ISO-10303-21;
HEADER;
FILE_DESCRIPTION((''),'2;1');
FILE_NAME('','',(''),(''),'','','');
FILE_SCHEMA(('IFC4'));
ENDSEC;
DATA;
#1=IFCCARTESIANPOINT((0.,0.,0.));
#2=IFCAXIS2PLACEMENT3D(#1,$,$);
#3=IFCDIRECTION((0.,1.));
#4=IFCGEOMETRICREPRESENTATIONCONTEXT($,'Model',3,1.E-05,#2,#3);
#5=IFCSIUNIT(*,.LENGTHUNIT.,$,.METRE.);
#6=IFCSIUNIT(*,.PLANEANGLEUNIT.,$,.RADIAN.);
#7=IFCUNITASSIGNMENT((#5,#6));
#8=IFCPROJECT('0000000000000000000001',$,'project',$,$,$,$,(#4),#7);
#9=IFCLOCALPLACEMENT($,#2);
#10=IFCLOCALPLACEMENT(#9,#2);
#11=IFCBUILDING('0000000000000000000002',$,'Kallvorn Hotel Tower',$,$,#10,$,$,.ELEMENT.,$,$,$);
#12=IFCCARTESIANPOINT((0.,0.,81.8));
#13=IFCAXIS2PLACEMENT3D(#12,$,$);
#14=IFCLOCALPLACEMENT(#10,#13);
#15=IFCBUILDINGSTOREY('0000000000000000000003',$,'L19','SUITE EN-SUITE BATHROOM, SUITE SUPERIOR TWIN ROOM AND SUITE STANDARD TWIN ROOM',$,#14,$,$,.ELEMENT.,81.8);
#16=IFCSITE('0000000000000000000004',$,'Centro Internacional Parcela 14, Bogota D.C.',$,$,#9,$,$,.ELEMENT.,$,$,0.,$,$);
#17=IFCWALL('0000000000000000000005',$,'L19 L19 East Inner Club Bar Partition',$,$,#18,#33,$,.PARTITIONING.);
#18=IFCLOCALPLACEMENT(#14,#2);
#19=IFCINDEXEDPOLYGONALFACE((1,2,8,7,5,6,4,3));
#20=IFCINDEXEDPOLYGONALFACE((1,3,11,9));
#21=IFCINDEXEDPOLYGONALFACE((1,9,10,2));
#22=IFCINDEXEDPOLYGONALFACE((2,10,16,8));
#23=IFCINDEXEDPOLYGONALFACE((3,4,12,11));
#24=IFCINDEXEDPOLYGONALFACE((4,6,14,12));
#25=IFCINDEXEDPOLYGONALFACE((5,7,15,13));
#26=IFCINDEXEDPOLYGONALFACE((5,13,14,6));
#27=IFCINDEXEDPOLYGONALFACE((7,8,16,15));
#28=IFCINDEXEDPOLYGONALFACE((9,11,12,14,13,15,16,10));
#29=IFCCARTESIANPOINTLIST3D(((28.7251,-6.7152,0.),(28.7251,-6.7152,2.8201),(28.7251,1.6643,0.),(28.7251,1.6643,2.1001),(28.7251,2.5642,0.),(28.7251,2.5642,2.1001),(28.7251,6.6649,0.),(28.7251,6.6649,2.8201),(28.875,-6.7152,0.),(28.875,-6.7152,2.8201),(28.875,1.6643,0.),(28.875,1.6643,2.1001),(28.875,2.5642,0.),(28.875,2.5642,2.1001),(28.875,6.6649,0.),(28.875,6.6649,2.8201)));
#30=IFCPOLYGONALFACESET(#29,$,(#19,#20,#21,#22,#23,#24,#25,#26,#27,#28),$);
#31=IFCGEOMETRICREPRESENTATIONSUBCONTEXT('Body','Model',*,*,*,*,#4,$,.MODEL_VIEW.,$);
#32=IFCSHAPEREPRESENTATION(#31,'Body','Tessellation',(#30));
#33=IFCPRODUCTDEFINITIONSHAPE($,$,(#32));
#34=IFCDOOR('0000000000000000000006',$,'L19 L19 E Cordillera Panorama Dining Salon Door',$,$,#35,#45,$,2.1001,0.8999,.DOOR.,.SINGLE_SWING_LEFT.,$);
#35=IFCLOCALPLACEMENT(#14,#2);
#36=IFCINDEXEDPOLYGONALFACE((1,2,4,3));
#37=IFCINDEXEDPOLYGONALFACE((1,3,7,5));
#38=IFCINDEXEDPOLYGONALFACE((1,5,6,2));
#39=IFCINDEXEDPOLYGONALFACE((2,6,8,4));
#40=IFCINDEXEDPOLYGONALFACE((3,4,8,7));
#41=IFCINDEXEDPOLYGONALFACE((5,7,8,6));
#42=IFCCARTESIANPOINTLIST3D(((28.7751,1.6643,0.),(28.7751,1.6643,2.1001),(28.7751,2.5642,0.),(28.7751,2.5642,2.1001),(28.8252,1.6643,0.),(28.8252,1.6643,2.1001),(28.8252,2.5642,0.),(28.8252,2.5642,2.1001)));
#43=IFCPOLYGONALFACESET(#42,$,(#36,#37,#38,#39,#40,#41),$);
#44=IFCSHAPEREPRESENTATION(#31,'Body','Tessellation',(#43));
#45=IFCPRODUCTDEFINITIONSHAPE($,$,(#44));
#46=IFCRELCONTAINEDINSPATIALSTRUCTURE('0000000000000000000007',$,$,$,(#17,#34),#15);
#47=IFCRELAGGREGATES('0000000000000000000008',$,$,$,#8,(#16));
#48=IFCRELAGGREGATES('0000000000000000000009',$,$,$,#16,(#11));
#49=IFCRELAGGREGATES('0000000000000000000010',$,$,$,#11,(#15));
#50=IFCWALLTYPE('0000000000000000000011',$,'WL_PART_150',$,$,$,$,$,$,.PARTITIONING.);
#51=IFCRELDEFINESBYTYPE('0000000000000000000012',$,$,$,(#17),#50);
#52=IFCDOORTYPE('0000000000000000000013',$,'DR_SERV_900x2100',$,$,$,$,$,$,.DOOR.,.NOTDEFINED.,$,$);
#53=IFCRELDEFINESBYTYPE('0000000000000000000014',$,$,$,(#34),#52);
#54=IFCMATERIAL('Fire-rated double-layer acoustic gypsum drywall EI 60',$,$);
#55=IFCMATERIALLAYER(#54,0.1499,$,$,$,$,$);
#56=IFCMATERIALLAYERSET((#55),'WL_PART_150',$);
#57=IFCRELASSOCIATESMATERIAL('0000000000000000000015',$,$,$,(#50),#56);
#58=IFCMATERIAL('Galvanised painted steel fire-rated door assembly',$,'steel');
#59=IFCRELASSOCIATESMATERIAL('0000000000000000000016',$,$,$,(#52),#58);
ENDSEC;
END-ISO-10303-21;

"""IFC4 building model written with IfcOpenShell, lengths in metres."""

from ifc_helpers import new_model, si_unit, direction, frame, frame_2d, origin, place, context, subcontext, project, spatial, rectangle, extrude, material, layer, layer_set, type_object, element, fill, save


model = new_model("IFC4")

# Units and contexts
model_context = context("Model", 3, precision=1e-05, world=origin(), true_north=direction((0.0, 1.0)))
body_context = subcontext(model_context, "Body", "Model", "MODEL_VIEW")
ifc_project = project(units=[si_unit("LENGTHUNIT", "METRE"), si_unit("PLANEANGLEUNIT", "RADIAN")], contexts=[model_context])

# Site, building, storey
site_placement = place(None, origin())
site = spatial("IfcSite", under=ifc_project, at=site_placement, Name="Centro Internacional Parcela 14, Bogota D.C.", CompositionType="ELEMENT", RefElevation=0.0)
building_placement = place(site_placement, origin())
building = spatial("IfcBuilding", under=site, at=building_placement, Name="Kallvorn Hotel Tower", CompositionType="ELEMENT")
storey_placement = place(building_placement, frame((0.0, 0.0, 81.8)))
storey = spatial("IfcBuildingStorey", under=building, at=storey_placement, Name="L19", Description="SUITE EN-SUITE BATHROOM, SUITE SUPERIOR TWIN ROOM AND SUITE STANDARD TWIN ROOM", CompositionType="ELEMENT", Elevation=81.8)

# Shared definitions
ifc_material_1 = material(Name="Fire-rated double-layer acoustic gypsum drywall EI 60")
ifc_layer_1 = layer(ifc_material_1, 0.1499)
ifc_layer_set_1 = layer_set([ifc_layer_1], Name="WL_PART_150")
wall_type_1 = type_object("IfcWallType", Name="WL_PART_150", PredefinedType="PARTITIONING", material=ifc_layer_set_1)

# Wall, opening, door
ifc_material_2 = material(Name="Galvanised painted steel fire-rated door assembly", Category="steel")
door_type_1 = type_object("IfcDoorType", Name="DR_SERV_900x2100", OperationType="NOTDEFINED", PredefinedType="DOOR", material=ifc_material_2)
wall_1_placement = place(storey_placement, frame((28.8, -6.7151, 0.0), z_axis=(0.0, 0.0, 1.0), x_axis=(0.0, 1.0, 0.0)))
wall_1 = element("IfcWall", 1, at=wall_1_placement, inside=storey, type_object=wall_type_1, Name="L19 L19 East Inner Club Bar Partition", PredefinedType="PARTITIONING", context=body_context, shape_type="SweptSolid", body=[
    extrude(rectangle(XDim=13.3801, YDim=0.1499, at=frame_2d((6.6899, 0.0))), origin(), (0.0, 0.0, 1.0), 2.8201),
])
opening_1_placement = place(wall_1_placement, frame((8.3794, 0.0, 0.0)))
opening_1 = element("IfcOpeningElement", 2, at=opening_1_placement, cuts=wall_1, PredefinedType="OPENING", context=body_context, shape_type="SweptSolid", body=[
    extrude(rectangle(XDim=0.8999, YDim=2.1001, at=frame_2d((0.45, 1.05))), frame((0.0, 0.0898, 0.0), z_axis=(0.0, -1.0, 0.0), x_axis=(1.0, 0.0, 0.0)), (0.0, 0.0, 1.0), 0.1799),
])
door_1_placement = place(opening_1_placement, origin())
door_1 = element("IfcDoor", 3, at=door_1_placement, inside=storey, type_object=door_type_1, Name="L19 L19 E Cordillera Panorama Dining Salon Door", OperationType="SINGLE_SWING_LEFT", OverallHeight=2.1001, OverallWidth=0.8999, PredefinedType="DOOR", context=body_context, shape_type="SweptSolid", body=[
    extrude(rectangle(XDim=0.8999, YDim=2.1001, at=frame_2d((0.45, 1.05))), frame((0.0, 0.0249, 0.0), z_axis=(0.0, -1.0, 0.0), x_axis=(1.0, 0.0, 0.0)), (0.0, 0.0, 1.0), 0.05),
])
fill(opening_1, door_1)

save(model, "model.ifc")
